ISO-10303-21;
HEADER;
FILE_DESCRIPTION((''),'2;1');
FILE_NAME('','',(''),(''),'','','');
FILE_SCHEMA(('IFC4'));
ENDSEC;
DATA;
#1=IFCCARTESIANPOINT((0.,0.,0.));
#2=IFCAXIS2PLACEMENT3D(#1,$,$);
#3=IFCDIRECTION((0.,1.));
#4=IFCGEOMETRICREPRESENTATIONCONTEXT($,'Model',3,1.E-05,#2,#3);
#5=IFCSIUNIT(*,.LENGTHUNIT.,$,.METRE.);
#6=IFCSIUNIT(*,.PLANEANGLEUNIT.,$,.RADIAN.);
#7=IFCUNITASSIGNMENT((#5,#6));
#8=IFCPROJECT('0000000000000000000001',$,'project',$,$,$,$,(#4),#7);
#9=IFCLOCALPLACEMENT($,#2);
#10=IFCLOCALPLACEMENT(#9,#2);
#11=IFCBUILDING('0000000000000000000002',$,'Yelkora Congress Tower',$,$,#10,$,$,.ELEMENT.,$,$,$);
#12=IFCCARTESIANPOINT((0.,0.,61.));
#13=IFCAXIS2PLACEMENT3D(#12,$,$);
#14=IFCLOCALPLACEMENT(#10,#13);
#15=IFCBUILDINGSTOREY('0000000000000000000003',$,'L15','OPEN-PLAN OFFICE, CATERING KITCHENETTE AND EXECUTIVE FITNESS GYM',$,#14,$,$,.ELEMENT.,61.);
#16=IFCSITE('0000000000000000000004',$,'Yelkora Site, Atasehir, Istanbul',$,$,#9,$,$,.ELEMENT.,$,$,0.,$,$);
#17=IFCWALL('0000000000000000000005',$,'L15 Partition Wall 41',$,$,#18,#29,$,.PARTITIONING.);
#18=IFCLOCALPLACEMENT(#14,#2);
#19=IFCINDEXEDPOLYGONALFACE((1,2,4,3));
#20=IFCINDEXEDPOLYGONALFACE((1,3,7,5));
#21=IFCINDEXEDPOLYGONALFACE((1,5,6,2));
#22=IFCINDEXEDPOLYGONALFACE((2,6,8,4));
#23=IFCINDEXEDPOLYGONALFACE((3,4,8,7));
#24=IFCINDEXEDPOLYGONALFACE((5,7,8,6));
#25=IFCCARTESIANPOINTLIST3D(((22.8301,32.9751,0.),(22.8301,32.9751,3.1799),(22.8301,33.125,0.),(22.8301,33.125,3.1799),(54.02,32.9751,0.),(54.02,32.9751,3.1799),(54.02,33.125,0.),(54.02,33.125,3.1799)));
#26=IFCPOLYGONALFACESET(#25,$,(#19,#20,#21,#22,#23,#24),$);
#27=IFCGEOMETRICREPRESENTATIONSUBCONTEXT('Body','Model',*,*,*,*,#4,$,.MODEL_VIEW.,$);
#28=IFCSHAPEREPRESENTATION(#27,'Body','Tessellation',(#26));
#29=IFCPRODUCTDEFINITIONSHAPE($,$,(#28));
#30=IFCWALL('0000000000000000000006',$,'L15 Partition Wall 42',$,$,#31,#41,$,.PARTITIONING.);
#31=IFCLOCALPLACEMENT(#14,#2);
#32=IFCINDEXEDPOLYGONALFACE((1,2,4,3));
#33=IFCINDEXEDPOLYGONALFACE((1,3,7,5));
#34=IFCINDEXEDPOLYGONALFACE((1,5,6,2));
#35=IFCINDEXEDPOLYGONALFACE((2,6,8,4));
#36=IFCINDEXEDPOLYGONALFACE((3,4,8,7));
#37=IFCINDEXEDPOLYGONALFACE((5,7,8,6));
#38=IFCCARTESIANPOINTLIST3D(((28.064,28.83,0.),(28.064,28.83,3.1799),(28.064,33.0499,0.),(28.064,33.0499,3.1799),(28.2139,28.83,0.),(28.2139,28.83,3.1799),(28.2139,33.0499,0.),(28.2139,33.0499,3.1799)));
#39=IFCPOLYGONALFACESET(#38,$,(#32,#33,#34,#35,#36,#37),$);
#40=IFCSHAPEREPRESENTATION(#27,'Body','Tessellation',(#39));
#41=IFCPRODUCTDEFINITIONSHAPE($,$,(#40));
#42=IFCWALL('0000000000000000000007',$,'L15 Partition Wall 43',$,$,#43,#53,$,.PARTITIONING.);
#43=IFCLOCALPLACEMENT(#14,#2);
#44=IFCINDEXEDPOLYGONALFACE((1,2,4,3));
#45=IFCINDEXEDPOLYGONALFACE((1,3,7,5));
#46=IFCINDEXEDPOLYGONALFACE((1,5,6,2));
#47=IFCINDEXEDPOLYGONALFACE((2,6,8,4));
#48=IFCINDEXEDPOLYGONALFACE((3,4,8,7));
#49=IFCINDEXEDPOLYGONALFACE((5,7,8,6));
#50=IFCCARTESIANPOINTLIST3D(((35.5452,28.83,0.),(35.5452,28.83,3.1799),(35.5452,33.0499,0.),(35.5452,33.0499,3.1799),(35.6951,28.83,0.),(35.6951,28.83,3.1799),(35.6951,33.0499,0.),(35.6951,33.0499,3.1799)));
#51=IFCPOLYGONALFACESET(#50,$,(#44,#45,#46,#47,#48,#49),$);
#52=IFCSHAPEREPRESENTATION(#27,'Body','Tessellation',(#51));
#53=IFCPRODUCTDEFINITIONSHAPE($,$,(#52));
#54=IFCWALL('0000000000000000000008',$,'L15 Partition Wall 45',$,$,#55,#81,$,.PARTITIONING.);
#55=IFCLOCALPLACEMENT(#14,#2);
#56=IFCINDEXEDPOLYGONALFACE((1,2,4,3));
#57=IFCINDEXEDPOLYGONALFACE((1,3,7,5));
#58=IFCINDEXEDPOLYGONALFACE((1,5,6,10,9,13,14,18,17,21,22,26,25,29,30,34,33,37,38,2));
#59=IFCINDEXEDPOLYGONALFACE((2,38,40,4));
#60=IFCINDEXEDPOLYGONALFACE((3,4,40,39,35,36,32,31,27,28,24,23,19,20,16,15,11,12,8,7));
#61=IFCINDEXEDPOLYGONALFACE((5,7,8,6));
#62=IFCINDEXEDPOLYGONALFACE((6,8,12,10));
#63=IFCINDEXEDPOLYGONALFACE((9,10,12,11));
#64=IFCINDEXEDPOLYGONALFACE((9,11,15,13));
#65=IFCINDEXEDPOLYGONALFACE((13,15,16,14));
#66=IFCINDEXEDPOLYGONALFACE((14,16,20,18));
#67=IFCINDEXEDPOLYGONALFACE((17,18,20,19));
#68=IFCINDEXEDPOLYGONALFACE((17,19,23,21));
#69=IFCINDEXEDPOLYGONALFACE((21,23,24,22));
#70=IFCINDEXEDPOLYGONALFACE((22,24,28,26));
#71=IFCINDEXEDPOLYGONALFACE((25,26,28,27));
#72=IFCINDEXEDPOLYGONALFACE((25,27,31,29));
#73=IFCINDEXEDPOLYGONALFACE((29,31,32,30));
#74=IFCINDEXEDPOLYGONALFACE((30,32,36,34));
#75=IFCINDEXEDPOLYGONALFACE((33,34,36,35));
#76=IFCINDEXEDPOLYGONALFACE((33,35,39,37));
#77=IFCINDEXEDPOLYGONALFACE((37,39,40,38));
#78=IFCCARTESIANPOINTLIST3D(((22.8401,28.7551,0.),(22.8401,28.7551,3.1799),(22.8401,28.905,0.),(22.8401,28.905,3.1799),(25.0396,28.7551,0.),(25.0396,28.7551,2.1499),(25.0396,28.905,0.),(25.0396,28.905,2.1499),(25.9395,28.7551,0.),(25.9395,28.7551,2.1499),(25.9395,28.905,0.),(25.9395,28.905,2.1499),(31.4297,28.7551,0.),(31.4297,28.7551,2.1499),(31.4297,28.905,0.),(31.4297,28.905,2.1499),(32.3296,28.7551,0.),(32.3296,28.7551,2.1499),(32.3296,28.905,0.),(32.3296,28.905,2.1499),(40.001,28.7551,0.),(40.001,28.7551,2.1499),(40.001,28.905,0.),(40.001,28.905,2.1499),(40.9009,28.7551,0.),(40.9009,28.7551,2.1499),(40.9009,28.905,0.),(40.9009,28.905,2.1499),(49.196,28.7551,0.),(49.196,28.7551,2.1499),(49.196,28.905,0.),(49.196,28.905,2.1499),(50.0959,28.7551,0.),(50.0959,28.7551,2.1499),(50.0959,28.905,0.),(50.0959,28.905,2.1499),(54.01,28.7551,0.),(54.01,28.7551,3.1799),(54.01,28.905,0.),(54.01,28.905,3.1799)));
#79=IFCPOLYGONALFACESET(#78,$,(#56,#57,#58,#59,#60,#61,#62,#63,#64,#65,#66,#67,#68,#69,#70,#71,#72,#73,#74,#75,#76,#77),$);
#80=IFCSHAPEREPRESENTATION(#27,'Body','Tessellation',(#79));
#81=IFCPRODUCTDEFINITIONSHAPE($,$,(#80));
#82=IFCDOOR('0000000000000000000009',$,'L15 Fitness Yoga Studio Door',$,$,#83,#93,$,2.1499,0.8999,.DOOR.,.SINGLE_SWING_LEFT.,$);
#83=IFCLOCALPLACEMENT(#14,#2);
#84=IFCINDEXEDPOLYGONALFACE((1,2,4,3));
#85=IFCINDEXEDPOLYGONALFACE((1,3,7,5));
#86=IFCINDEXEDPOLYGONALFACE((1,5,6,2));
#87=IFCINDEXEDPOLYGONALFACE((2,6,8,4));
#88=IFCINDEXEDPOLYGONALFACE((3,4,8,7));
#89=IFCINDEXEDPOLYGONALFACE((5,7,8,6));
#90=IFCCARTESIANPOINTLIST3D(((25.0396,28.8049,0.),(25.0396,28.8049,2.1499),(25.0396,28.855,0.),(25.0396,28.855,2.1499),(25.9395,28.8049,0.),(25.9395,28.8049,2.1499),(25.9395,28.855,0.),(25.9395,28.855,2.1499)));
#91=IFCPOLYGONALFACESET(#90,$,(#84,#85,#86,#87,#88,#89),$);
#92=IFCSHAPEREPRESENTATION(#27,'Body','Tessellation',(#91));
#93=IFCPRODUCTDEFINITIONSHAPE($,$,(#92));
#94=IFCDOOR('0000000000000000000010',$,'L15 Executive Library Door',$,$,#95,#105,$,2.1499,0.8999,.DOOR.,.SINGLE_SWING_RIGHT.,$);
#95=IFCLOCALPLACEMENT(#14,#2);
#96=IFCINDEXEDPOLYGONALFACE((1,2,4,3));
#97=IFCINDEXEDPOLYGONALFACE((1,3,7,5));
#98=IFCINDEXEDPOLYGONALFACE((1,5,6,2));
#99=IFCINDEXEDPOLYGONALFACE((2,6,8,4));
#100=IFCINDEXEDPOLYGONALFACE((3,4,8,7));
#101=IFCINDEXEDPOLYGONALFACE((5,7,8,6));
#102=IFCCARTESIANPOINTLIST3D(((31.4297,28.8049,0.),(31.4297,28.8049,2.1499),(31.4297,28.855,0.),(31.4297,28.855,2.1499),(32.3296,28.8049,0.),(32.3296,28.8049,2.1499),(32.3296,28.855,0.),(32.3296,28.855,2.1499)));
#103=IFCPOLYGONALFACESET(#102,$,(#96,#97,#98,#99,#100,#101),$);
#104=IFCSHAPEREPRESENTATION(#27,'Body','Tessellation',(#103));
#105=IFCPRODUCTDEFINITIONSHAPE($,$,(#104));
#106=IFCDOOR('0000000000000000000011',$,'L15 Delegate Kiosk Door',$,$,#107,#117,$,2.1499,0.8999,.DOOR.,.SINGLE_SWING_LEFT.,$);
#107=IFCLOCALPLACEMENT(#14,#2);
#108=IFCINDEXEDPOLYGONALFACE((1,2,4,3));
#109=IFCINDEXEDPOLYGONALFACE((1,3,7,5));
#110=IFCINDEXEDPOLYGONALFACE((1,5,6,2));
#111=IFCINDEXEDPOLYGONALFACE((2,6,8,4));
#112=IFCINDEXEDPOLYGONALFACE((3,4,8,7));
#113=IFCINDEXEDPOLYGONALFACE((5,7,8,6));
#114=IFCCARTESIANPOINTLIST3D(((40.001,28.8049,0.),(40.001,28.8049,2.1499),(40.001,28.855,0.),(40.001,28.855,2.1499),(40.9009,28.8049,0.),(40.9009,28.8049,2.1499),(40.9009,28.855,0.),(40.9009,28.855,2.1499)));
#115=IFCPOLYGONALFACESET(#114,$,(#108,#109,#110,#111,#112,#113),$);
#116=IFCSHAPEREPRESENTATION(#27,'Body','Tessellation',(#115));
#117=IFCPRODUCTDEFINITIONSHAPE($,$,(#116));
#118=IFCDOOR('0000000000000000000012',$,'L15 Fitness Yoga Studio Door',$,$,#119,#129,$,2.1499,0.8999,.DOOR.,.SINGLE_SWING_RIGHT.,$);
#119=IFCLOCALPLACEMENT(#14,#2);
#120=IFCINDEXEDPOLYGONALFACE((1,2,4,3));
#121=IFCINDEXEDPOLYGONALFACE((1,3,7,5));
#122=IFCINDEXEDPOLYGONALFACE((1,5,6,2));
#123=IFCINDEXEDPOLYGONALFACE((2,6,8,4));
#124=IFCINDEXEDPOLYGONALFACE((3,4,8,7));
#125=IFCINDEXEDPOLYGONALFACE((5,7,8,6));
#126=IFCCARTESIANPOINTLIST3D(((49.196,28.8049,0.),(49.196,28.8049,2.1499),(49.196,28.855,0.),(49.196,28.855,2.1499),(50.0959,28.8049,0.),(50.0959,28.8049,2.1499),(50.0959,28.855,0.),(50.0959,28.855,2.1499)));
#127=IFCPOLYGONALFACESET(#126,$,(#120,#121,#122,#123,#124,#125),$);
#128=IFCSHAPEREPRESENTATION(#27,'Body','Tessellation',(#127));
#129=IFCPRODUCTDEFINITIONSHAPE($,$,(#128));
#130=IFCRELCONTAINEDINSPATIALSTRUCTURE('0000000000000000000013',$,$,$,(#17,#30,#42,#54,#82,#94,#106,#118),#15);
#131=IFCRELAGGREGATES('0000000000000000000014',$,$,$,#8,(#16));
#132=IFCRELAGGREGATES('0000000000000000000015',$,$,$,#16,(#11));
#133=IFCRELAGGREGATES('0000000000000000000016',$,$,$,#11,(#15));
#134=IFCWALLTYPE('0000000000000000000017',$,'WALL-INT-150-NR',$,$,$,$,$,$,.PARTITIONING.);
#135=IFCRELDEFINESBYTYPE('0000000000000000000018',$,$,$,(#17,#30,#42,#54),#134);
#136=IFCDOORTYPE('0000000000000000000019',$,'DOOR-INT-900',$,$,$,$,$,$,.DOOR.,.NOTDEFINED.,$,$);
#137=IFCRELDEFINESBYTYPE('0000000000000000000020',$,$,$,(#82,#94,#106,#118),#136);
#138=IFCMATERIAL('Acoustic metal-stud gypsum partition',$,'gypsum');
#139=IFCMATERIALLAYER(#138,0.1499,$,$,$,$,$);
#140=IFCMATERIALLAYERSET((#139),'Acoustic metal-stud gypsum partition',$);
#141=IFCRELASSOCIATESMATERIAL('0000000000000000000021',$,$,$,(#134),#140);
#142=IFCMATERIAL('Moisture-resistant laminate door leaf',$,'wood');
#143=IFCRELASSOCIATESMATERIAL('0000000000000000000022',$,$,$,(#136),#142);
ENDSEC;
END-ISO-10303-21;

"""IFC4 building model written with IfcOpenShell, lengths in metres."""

from ifc_helpers import new_model, si_unit, direction, frame, frame_2d, origin, place, context, subcontext, project, spatial, rectangle, extrude, material, layer, layer_set, type_object, element, fill, save


model = new_model("IFC4")

# Units and contexts
model_context = context("Model", 3, precision=1e-05, world=origin(), true_north=direction((0.0, 1.0)))
body_context = subcontext(model_context, "Body", "Model", "MODEL_VIEW")
ifc_project = project(units=[si_unit("LENGTHUNIT", "METRE"), si_unit("PLANEANGLEUNIT", "RADIAN")], contexts=[model_context])

# Site, building, storey
site_placement = place(None, origin())
site = spatial("IfcSite", under=ifc_project, at=site_placement, Name="Yelkora Site, Atasehir, Istanbul", CompositionType="ELEMENT", RefElevation=0.0)
building_placement = place(site_placement, origin())
building = spatial("IfcBuilding", under=site, at=building_placement, Name="Yelkora Congress Tower", CompositionType="ELEMENT")
storey_placement = place(building_placement, frame((0.0, 0.0, 61.0)))
storey = spatial("IfcBuildingStorey", under=building, at=storey_placement, Name="L15", Description="OPEN-PLAN OFFICE, CATERING KITCHENETTE AND EXECUTIVE FITNESS GYM", CompositionType="ELEMENT", Elevation=61.0)

# Shared definitions
ifc_material_1 = material(Name="Acoustic metal-stud gypsum partition", Category="gypsum")
ifc_layer = layer(ifc_material_1, 0.1499)
ifc_layer_set = layer_set([ifc_layer], Name="Acoustic metal-stud gypsum partition")
wall_type = type_object("IfcWallType", Name="WALL-INT-150-NR", PredefinedType="PARTITIONING", material=ifc_layer_set)
ifc_material_2 = material(Name="Moisture-resistant laminate door leaf", Category="wood")
door_type = type_object("IfcDoorType", Name="DOOR-INT-900", OperationType="NOTDEFINED", PredefinedType="DOOR", material=ifc_material_2)

# Walls
wall_1_placement = place(storey_placement, frame((22.8301, 33.05, 0.0), z_axis=(0.0, 0.0, 1.0), x_axis=(1.0, 0.0, 0.0)))
element("IfcWall", 1, at=wall_1_placement, inside=storey, type_object=wall_type, Name="L15 Partition Wall 41", PredefinedType="PARTITIONING", context=body_context, shape_type="SweptSolid", body=[
    extrude(rectangle(XDim=31.1899, YDim=0.1499, at=frame_2d((15.595, 0.0))), origin(), (0.0, 0.0, 1.0), 3.1799),
])
for number, where, z_axis, x_axis, name in (
    (2, (28.1389, 28.8301, 0.0), (0.0, 0.0, 1.0), (0.0, 1.0, 0.0), "L15 Partition Wall 42"),
    (3, (35.6201, 28.8301, 0.0), (0.0, 0.0, 1.0), (0.0, 1.0, 0.0), "L15 Partition Wall 43"),
):
    element("IfcWall", number, at=place(storey_placement, frame(where, z_axis=z_axis, x_axis=x_axis)), inside=storey, type_object=wall_type, Name=name, PredefinedType="PARTITIONING", context=body_context, shape_type="SweptSolid", body=[
        extrude(rectangle(XDim=4.22, YDim=0.1499, at=frame_2d((2.1099, 0.0))), origin(), (0.0, 0.0, 1.0), 3.1799),
    ])

# Wall, openings, doors
wall_2_placement = place(storey_placement, frame((22.8401, 28.8301, 0.0), z_axis=(0.0, 0.0, 1.0), x_axis=(1.0, 0.0, 0.0)))
wall_2 = element("IfcWall", 4, at=wall_2_placement, inside=storey, type_object=wall_type, Name="L15 Partition Wall 45", PredefinedType="PARTITIONING", context=body_context, shape_type="SweptSolid", body=[
    extrude(rectangle(XDim=31.1699, YDim=0.1499, at=frame_2d((15.585, 0.0))), origin(), (0.0, 0.0, 1.0), 3.1799),
])
opening_1_placement = place(wall_2_placement, frame((2.1995, 0.0, 0.0)))
opening_1 = element("IfcOpeningElement", 5, at=opening_1_placement, cuts=wall_2, PredefinedType="OPENING", context=body_context, shape_type="SweptSolid", body=[
    extrude(rectangle(XDim=0.8999, YDim=2.1499, at=frame_2d((0.45, 1.075))), frame((0.0, 0.085, 0.0), z_axis=(0.0, -1.0, 0.0), x_axis=(1.0, 0.0, 0.0)), (0.0, 0.0, 1.0), 0.1699),
])
opening_2_placement = place(wall_2_placement, frame((8.5896, 0.0, 0.0)))
opening_2 = element("IfcOpeningElement", 6, at=opening_2_placement, cuts=wall_2, PredefinedType="OPENING", context=body_context, shape_type="SweptSolid", body=[
    extrude(rectangle(XDim=0.8999, YDim=2.1499, at=frame_2d((0.45, 1.075))), frame((0.0, 0.085, 0.0), z_axis=(0.0, -1.0, 0.0), x_axis=(1.0, 0.0, 0.0)), (0.0, 0.0, 1.0), 0.1699),
])
opening_3_placement = place(wall_2_placement, frame((17.1609, 0.0, 0.0)))
opening_3 = element("IfcOpeningElement", 7, at=opening_3_placement, cuts=wall_2, PredefinedType="OPENING", context=body_context, shape_type="SweptSolid", body=[
    extrude(rectangle(XDim=0.8999, YDim=2.1499, at=frame_2d((0.45, 1.075))), frame((0.0, 0.085, 0.0), z_axis=(0.0, -1.0, 0.0), x_axis=(1.0, 0.0, 0.0)), (0.0, 0.0, 1.0), 0.1699),
])
opening_4_placement = place(wall_2_placement, frame((26.356, 0.0, 0.0)))
opening_4 = element("IfcOpeningElement", 8, at=opening_4_placement, cuts=wall_2, PredefinedType="OPENING", context=body_context, shape_type="SweptSolid", body=[
    extrude(rectangle(XDim=0.8999, YDim=2.1499, at=frame_2d((0.45, 1.075))), frame((0.0, 0.085, 0.0), z_axis=(0.0, -1.0, 0.0), x_axis=(1.0, 0.0, 0.0)), (0.0, 0.0, 1.0), 0.1699),
])
door_1_placement = place(opening_1_placement, origin())
door_1 = element("IfcDoor", 9, at=door_1_placement, inside=storey, type_object=door_type, Name="L15 Fitness Yoga Studio Door", OperationType="SINGLE_SWING_LEFT", OverallHeight=2.1499, OverallWidth=0.8999, PredefinedType="DOOR", context=body_context, shape_type="SweptSolid", body=[
    extrude(rectangle(XDim=0.8999, YDim=2.1499, at=frame_2d((0.45, 1.075))), frame((0.0, 0.0249, 0.0), z_axis=(0.0, -1.0, 0.0), x_axis=(1.0, 0.0, 0.0)), (0.0, 0.0, 1.0), 0.05),
])
fill(opening_1, door_1)
door_2_placement = place(opening_2_placement, origin())
door_2 = element("IfcDoor", 10, at=door_2_placement, inside=storey, type_object=door_type, Name="L15 Executive Library Door", OperationType="SINGLE_SWING_RIGHT", OverallHeight=2.1499, OverallWidth=0.8999, PredefinedType="DOOR", context=body_context, shape_type="SweptSolid", body=[
    extrude(rectangle(XDim=0.8999, YDim=2.1499, at=frame_2d((0.45, 1.075))), frame((0.0, 0.0249, 0.0), z_axis=(0.0, -1.0, 0.0), x_axis=(1.0, 0.0, 0.0)), (0.0, 0.0, 1.0), 0.05),
])
fill(opening_2, door_2)
door_3_placement = place(opening_3_placement, origin())
door_3 = element("IfcDoor", 11, at=door_3_placement, inside=storey, type_object=door_type, Name="L15 Delegate Kiosk Door", OperationType="SINGLE_SWING_LEFT", OverallHeight=2.1499, OverallWidth=0.8999, PredefinedType="DOOR", context=body_context, shape_type="SweptSolid", body=[
    extrude(rectangle(XDim=0.8999, YDim=2.1499, at=frame_2d((0.45, 1.075))), frame((0.0, 0.0249, 0.0), z_axis=(0.0, -1.0, 0.0), x_axis=(1.0, 0.0, 0.0)), (0.0, 0.0, 1.0), 0.05),
])
fill(opening_3, door_3)
door_4_placement = place(opening_4_placement, origin())
door_4 = element("IfcDoor", 12, at=door_4_placement, inside=storey, type_object=door_type, Name="L15 Fitness Yoga Studio Door", OperationType="SINGLE_SWING_RIGHT", OverallHeight=2.1499, OverallWidth=0.8999, PredefinedType="DOOR", context=body_context, shape_type="SweptSolid", body=[
    extrude(rectangle(XDim=0.8999, YDim=2.1499, at=frame_2d((0.45, 1.075))), frame((0.0, 0.0249, 0.0), z_axis=(0.0, -1.0, 0.0), x_axis=(1.0, 0.0, 0.0)), (0.0, 0.0, 1.0), 0.05),
])
fill(opening_4, door_4)

save(model, "model.ifc")
